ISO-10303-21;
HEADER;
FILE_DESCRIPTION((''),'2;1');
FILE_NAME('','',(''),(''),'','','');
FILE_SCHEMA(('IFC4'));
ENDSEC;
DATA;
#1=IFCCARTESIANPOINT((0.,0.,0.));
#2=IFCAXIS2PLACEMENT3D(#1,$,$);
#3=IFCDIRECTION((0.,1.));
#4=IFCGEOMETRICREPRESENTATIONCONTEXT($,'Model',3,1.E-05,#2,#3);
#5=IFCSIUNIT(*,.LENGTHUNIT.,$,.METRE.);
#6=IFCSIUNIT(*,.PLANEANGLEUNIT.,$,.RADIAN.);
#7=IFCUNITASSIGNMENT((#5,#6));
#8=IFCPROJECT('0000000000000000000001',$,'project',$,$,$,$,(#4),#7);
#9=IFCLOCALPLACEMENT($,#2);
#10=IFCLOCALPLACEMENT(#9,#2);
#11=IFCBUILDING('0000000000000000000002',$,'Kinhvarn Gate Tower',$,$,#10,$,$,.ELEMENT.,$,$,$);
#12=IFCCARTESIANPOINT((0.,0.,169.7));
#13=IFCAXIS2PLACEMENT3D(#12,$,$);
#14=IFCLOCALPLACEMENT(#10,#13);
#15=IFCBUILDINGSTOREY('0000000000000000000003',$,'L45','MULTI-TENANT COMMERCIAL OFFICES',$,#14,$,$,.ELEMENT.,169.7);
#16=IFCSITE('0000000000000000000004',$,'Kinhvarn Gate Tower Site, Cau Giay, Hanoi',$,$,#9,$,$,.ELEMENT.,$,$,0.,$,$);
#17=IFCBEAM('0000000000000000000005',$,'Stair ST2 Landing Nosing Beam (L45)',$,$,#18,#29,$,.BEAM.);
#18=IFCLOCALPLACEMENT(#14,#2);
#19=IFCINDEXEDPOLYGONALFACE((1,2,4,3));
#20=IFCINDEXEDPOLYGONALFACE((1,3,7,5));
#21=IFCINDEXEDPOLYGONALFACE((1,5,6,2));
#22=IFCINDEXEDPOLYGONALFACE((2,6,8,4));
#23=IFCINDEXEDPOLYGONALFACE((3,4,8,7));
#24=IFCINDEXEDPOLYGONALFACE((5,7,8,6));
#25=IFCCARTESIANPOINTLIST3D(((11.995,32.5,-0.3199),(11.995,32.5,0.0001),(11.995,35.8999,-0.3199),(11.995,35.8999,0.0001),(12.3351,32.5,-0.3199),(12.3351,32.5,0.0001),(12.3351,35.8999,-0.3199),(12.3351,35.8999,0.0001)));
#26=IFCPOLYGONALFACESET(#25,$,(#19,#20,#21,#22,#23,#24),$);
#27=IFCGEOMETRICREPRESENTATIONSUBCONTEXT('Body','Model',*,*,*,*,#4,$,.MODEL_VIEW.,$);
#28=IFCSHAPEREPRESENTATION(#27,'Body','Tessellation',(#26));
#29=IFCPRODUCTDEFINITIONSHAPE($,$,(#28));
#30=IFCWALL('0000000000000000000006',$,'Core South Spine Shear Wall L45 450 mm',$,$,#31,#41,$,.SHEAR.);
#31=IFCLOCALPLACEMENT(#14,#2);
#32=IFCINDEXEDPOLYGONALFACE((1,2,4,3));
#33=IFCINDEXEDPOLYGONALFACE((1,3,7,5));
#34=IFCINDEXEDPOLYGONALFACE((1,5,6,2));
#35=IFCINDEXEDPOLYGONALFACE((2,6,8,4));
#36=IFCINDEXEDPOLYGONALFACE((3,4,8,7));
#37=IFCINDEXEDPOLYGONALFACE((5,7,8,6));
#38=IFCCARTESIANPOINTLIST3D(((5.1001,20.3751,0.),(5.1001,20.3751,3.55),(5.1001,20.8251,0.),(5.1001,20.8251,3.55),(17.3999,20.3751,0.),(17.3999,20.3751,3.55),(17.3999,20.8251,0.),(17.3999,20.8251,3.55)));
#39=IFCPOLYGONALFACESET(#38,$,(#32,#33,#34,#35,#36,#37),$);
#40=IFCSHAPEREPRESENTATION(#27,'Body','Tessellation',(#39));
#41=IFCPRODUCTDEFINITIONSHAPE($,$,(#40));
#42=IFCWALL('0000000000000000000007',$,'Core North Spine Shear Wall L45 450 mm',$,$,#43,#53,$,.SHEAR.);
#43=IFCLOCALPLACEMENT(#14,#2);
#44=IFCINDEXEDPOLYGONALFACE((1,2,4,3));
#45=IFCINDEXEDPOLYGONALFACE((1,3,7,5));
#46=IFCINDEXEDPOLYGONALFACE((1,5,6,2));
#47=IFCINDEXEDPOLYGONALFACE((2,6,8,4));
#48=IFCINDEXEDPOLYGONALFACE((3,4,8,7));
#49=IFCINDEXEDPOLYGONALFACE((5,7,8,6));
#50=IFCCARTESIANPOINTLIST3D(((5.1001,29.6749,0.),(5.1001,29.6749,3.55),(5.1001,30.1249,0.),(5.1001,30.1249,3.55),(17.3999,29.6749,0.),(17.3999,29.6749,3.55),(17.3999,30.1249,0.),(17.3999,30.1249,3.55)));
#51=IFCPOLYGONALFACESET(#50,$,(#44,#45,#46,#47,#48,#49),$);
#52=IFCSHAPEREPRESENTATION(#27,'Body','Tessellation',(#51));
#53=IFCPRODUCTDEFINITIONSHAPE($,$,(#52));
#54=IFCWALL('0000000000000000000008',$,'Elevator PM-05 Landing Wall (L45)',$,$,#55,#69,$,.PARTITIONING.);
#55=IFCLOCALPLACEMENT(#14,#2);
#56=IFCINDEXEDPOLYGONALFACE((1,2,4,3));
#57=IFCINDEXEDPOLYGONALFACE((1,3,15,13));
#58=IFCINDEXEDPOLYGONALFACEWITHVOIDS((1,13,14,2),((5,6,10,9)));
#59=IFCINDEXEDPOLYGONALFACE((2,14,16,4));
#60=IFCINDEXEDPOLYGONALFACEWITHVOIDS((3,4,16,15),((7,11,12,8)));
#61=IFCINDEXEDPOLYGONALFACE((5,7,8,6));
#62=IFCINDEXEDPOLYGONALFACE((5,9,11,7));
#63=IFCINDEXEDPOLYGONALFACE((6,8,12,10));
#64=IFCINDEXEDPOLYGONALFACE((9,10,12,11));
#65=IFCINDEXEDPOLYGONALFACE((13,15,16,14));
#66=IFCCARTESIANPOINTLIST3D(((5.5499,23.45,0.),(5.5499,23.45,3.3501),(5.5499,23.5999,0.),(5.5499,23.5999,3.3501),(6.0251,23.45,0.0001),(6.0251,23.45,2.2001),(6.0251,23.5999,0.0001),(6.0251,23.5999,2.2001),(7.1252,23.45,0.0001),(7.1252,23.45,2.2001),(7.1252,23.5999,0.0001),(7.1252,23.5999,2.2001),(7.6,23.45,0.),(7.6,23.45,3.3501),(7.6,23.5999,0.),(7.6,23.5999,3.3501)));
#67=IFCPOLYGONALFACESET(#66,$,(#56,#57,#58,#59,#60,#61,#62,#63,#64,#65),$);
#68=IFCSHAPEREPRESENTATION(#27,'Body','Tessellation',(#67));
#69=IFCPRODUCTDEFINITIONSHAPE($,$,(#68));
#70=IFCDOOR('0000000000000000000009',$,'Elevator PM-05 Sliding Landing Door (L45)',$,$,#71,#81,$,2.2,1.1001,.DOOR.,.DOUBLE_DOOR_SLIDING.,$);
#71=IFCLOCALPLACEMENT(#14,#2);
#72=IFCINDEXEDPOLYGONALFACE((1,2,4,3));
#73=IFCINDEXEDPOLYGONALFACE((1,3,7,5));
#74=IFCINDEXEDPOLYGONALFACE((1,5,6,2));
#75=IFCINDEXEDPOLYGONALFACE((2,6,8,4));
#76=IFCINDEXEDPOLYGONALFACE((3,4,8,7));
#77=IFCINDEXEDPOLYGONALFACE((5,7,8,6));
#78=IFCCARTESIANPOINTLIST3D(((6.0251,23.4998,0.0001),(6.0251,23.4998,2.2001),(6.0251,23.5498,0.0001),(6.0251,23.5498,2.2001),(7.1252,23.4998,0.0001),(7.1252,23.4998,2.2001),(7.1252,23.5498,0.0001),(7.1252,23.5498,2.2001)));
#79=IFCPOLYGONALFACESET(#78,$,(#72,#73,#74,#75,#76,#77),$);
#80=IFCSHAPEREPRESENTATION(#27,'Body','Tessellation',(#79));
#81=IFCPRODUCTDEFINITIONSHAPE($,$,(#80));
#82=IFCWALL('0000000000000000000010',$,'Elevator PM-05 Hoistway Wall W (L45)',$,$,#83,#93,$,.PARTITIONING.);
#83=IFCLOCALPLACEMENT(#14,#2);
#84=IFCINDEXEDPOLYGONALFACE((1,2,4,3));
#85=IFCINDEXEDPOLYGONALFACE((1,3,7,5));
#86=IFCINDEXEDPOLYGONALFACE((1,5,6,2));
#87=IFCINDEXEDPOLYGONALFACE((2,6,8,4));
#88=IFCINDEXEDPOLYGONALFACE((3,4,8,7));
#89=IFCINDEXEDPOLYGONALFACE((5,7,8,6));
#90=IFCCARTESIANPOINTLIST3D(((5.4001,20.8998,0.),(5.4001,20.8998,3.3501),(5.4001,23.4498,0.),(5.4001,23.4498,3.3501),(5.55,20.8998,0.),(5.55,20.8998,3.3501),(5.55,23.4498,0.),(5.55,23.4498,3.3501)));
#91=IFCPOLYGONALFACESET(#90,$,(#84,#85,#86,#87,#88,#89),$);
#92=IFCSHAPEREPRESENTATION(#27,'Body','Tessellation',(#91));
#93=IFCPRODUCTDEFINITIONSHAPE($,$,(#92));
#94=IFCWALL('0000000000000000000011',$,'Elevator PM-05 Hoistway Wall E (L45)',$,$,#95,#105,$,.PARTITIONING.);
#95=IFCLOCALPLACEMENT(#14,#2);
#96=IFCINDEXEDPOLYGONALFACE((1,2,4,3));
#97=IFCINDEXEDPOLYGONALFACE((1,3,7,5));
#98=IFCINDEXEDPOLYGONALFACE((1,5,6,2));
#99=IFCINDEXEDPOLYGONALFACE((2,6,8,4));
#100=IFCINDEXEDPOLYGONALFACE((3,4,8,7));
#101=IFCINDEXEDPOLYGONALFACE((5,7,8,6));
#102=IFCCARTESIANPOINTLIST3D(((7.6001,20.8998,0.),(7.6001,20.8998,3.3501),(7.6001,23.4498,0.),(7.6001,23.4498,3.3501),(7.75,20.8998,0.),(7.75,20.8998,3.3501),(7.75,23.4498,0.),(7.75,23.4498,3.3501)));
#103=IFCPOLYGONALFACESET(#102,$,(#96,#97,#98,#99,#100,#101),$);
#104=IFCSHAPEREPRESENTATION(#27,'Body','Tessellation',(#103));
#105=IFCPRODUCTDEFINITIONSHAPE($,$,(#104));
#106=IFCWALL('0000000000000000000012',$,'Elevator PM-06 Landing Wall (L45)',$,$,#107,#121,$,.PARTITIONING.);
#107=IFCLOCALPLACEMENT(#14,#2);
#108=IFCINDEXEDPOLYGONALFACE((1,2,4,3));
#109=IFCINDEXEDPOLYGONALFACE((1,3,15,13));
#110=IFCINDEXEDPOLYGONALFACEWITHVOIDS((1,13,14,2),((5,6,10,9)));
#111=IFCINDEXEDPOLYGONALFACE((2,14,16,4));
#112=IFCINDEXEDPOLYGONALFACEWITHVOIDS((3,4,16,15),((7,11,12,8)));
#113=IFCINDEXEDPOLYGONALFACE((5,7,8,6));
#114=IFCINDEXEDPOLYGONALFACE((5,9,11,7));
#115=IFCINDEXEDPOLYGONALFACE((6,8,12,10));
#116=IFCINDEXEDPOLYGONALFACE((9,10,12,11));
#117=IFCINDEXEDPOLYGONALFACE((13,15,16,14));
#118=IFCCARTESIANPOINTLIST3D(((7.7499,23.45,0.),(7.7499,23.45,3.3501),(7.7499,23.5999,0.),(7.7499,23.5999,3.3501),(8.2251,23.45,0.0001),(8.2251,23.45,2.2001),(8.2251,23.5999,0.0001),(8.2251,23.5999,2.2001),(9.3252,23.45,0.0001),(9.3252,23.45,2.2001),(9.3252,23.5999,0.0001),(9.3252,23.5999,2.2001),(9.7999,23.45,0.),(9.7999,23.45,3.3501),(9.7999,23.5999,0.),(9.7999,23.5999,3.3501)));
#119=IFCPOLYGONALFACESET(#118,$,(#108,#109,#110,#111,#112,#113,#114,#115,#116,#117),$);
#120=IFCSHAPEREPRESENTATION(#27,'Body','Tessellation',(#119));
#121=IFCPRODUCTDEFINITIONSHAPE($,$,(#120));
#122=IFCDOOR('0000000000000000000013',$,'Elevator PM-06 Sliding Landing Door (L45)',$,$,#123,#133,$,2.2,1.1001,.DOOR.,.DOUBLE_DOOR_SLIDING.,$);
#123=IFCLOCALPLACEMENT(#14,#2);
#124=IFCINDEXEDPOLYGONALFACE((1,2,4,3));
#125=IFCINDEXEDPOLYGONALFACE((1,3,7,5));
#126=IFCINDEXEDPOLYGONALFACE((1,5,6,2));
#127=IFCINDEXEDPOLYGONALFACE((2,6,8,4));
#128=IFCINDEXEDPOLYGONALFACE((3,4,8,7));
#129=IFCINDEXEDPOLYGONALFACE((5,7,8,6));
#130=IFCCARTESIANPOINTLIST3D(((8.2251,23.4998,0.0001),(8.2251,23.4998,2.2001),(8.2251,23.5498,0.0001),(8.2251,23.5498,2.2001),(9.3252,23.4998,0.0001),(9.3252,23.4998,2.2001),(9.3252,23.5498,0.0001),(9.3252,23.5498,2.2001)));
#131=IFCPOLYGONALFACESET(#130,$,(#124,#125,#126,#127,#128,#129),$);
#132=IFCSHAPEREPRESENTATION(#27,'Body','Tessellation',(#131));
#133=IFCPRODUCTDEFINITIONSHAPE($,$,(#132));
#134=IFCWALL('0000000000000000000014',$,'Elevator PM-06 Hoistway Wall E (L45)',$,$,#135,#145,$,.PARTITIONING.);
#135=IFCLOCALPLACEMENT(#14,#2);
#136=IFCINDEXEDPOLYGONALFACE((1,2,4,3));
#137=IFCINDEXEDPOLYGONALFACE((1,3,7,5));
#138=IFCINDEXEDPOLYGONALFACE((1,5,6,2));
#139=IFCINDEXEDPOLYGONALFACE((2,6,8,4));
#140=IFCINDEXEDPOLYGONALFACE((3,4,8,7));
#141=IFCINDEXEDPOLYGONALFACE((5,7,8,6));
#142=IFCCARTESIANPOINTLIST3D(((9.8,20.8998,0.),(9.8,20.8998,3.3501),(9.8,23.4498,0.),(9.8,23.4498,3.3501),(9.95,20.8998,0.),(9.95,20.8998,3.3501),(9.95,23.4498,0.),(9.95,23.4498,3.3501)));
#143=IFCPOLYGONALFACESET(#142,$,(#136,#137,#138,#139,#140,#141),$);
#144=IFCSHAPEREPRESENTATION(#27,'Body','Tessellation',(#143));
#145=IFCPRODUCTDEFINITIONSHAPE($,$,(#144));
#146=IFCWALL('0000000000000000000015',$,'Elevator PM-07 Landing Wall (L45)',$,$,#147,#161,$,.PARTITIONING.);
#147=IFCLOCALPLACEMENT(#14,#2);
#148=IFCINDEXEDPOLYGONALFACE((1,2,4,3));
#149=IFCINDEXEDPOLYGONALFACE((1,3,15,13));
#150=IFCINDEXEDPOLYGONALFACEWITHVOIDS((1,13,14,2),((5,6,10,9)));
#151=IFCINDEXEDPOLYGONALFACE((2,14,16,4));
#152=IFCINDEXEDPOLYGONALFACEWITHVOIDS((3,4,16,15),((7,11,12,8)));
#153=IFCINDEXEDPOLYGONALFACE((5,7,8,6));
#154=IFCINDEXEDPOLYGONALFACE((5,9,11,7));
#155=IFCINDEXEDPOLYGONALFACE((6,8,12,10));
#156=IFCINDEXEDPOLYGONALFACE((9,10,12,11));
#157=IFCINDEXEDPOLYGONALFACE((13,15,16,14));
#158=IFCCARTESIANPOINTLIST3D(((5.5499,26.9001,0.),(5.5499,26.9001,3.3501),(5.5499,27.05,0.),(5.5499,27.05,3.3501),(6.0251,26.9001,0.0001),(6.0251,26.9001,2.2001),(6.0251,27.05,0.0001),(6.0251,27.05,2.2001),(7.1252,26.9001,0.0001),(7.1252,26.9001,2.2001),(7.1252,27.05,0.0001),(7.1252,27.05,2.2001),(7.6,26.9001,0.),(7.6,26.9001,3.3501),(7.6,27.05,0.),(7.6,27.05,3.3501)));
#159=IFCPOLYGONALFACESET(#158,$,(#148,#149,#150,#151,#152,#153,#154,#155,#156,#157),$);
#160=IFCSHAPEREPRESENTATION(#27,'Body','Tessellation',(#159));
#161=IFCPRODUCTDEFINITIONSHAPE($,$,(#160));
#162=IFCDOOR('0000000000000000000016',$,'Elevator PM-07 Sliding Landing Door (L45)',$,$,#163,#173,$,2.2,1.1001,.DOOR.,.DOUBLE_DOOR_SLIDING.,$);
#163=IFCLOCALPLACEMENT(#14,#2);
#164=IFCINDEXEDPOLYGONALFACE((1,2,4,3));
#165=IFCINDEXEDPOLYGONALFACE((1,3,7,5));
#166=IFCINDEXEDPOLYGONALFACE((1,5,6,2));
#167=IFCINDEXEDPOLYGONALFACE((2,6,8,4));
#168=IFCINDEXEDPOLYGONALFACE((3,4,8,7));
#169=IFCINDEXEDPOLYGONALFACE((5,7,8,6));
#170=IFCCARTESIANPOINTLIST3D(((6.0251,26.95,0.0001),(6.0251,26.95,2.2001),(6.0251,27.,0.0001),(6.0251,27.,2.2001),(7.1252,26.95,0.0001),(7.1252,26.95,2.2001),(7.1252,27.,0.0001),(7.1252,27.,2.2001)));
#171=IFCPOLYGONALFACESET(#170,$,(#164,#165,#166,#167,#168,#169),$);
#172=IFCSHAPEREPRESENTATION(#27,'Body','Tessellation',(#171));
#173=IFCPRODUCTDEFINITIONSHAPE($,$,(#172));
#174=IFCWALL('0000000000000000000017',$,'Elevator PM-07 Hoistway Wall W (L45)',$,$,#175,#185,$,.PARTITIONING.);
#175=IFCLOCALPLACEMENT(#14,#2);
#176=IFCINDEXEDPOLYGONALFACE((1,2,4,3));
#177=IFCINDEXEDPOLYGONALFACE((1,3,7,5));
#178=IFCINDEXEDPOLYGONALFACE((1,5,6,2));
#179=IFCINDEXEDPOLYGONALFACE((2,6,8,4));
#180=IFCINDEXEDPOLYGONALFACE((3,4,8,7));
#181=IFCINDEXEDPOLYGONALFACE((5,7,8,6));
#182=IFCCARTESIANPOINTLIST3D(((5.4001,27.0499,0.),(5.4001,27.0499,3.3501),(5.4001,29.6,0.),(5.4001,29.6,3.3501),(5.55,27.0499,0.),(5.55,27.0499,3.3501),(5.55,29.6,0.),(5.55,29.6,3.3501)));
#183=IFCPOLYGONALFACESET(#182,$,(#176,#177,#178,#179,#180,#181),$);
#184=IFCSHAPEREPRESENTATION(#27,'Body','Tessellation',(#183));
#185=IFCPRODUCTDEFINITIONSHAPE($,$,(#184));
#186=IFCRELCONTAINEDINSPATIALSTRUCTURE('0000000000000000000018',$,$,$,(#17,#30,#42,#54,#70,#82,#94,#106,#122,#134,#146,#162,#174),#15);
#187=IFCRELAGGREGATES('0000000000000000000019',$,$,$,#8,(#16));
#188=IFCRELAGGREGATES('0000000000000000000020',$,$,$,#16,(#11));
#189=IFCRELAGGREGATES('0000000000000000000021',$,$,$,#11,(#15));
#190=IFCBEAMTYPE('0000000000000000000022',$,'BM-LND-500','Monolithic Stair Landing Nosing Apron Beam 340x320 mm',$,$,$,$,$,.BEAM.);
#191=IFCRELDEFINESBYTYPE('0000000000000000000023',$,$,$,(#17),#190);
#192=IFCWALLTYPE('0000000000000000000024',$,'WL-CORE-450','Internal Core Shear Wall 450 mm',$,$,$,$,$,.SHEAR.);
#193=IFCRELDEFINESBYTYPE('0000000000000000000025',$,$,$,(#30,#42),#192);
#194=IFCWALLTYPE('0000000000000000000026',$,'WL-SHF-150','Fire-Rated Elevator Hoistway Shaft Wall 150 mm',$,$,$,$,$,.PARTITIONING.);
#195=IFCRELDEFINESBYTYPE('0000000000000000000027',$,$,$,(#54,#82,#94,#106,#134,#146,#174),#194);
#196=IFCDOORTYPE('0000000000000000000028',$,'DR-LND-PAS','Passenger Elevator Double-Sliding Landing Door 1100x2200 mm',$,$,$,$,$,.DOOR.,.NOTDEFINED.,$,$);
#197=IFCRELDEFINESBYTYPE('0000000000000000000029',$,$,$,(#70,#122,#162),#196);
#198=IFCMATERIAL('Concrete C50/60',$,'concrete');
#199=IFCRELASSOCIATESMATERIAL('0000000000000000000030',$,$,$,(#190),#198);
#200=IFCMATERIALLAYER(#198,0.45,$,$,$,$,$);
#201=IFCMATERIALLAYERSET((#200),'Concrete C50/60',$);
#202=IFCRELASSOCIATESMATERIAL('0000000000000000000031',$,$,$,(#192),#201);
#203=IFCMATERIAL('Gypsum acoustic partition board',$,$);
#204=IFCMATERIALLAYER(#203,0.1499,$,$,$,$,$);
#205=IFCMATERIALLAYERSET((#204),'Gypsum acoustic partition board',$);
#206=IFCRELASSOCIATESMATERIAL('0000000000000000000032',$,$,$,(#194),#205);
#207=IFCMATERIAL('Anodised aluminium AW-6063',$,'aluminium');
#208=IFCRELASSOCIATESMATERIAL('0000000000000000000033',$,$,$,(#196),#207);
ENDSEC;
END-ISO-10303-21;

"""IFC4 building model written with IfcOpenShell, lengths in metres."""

from ifc_helpers import new_model, si_unit, direction, frame, frame_2d, origin, origin_2d, place, context, subcontext, project, spatial, rectangle, extrude, material, layer, layer_set, material_profile, profile_set, type_object, element, fill, save


model = new_model("IFC4")

# Units and contexts
model_context = context("Model", 3, precision=1e-05, world=origin(), true_north=direction((0.0, 1.0)))
body_context = subcontext(model_context, "Body", "Model", "MODEL_VIEW")
ifc_project = project(units=[si_unit("LENGTHUNIT", "METRE"), si_unit("PLANEANGLEUNIT", "RADIAN")], contexts=[model_context])

# Site, building, storey
site_placement = place(None, origin())
site = spatial("IfcSite", under=ifc_project, at=site_placement, Name="Kinhvarn Gate Tower Site, Cau Giay, Hanoi", CompositionType="ELEMENT", RefElevation=0.0)
building_placement = place(site_placement, origin())
building = spatial("IfcBuilding", under=site, at=building_placement, Name="Kinhvarn Gate Tower", CompositionType="ELEMENT")
storey_placement = place(building_placement, frame((0.0, 0.0, 169.7)))
storey = spatial("IfcBuildingStorey", under=building, at=storey_placement, Name="L45", Description="MULTI-TENANT COMMERCIAL OFFICES", CompositionType="ELEMENT", Elevation=169.7)

# Beam
ifc_material_1 = material(Name="Concrete C50/60", Category="concrete")
ifc_material_profile = material_profile(ifc_material_1, rectangle(XDim=0.3401, YDim=0.3201, at=origin_2d()), Name="RC 340x320")
ifc_profile_set = profile_set([ifc_material_profile], Name="Concrete C50/60")
beam_type = type_object("IfcBeamType", Name="BM-LND-500", Description="Monolithic Stair Landing Nosing Apron Beam 340x320 mm", PredefinedType="BEAM", material=ifc_profile_set)
beam_placement = place(storey_placement, frame((12.165, 32.5, -0.1599), z_axis=(0.0, 1.0, 0.0), x_axis=(-1.0, 0.0, 0.0)))
element("IfcBeam", 1, at=beam_placement, inside=storey, type_object=beam_type, Name="Stair ST2 Landing Nosing Beam (L45)", PredefinedType="BEAM", context=body_context, shape_type="SweptSolid", body=[
    extrude(rectangle(XDim=0.3401, YDim=0.3201, at=origin_2d()), origin(), (0.0, 0.0, 1.0), 3.3999),
])

# Walls
ifc_layer_1 = layer(ifc_material_1, 0.45)
ifc_layer_set_1 = layer_set([ifc_layer_1], Name="Concrete C50/60")
wall_type_1 = type_object("IfcWallType", Name="WL-CORE-450", Description="Internal Core Shear Wall 450 mm", PredefinedType="SHEAR", material=ifc_layer_set_1)
for number, where, z_axis, x_axis, name in (
    (2, (5.1001, 20.6001, 0.0), (0.0, 0.0, 1.0), (1.0, 0.0, 0.0), "Core South Spine Shear Wall L45 450 mm"),
    (3, (5.1001, 29.8999, 0.0), (0.0, 0.0, 1.0), (1.0, 0.0, 0.0), "Core North Spine Shear Wall L45 450 mm"),
):
    element("IfcWall", number, at=place(storey_placement, frame(where, z_axis=z_axis, x_axis=x_axis)), inside=storey, type_object=wall_type_1, Name=name, PredefinedType="SHEAR", context=body_context, shape_type="SweptSolid", body=[
        extrude(rectangle(XDim=12.2998, YDim=0.45, at=frame_2d((6.1499, 0.0))), origin(), (0.0, 0.0, 1.0), 3.55),
    ])

# Wall, opening, door
ifc_material_2 = material(Name="Gypsum acoustic partition board")
ifc_layer_2 = layer(ifc_material_2, 0.1499)
ifc_layer_set_2 = layer_set([ifc_layer_2], Name="Gypsum acoustic partition board")
wall_type_2 = type_object("IfcWallType", Name="WL-SHF-150", Description="Fire-Rated Elevator Hoistway Shaft Wall 150 mm", PredefinedType="PARTITIONING", material=ifc_layer_set_2)
wall_1_placement = place(storey_placement, frame((5.55, 23.5249, 0.0), z_axis=(0.0, 0.0, 1.0), x_axis=(1.0, 0.0, 0.0)))
wall_1 = element("IfcWall", 4, at=wall_1_placement, inside=storey, type_object=wall_type_2, Name="Elevator PM-05 Landing Wall (L45)", PredefinedType="PARTITIONING", context=body_context, shape_type="SweptSolid", body=[
    extrude(rectangle(XDim=2.05, YDim=0.1499, at=frame_2d((1.0249, 0.0))), origin(), (0.0, 0.0, 1.0), 3.3501),
])
opening_1_placement = place(wall_1_placement, frame((0.4751, 0.0, 0.0)))
opening_1 = element("IfcOpeningElement", 5, at=opening_1_placement, cuts=wall_1, PredefinedType="OPENING", context=body_context, shape_type="SweptSolid", body=[
    extrude(rectangle(XDim=1.1001, YDim=2.2, at=frame_2d((0.55, 1.1001))), frame((0.0, 0.085, 0.0), z_axis=(0.0, -1.0, 0.0), x_axis=(1.0, 0.0, 0.0)), (0.0, 0.0, 1.0), 0.1699),
])
ifc_material_3 = material(Name="Anodised aluminium AW-6063", Category="aluminium")
door_type_1 = type_object("IfcDoorType", Name="DR-LND-PAS", Description="Passenger Elevator Double-Sliding Landing Door 1100x2200 mm", OperationType="NOTDEFINED", PredefinedType="DOOR", material=ifc_material_3)
door_1_placement = place(opening_1_placement, origin())
door_1 = element("IfcDoor", 6, at=door_1_placement, inside=storey, type_object=door_type_1, Name="Elevator PM-05 Sliding Landing Door (L45)", OperationType="DOUBLE_DOOR_SLIDING", OverallHeight=2.2, OverallWidth=1.1001, PredefinedType="DOOR", context=body_context, shape_type="SweptSolid", body=[
    extrude(rectangle(XDim=1.1001, YDim=2.2, at=frame_2d((0.55, 1.1001))), frame((0.0, 0.0249, 0.0), z_axis=(0.0, -1.0, 0.0), x_axis=(1.0, 0.0, 0.0)), (0.0, 0.0, 1.0), 0.05),
])
fill(opening_1, door_1)

# Walls
for number, where, z_axis, x_axis, name in (
    (7, (5.4751, 20.8999, 0.0), (0.0, 0.0, 1.0), (0.0, 1.0, 0.0), "Elevator PM-05 Hoistway Wall W (L45)"),
    (8, (7.675, 20.8999, 0.0), (0.0, 0.0, 1.0), (0.0, 1.0, 0.0), "Elevator PM-05 Hoistway Wall E (L45)"),
):
    element("IfcWall", number, at=place(storey_placement, frame(where, z_axis=z_axis, x_axis=x_axis)), inside=storey, type_object=wall_type_2, Name=name, PredefinedType="PARTITIONING", context=body_context, shape_type="SweptSolid", body=[
        extrude(rectangle(XDim=2.55, YDim=0.1499, at=frame_2d((1.2749, 0.0))), origin(), (0.0, 0.0, 1.0), 3.3501),
    ])

# Wall, opening, door
wall_2_placement = place(storey_placement, frame((7.75, 23.5249, 0.0), z_axis=(0.0, 0.0, 1.0), x_axis=(1.0, 0.0, 0.0)))
wall_2 = element("IfcWall", 9, at=wall_2_placement, inside=storey, type_object=wall_type_2, Name="Elevator PM-06 Landing Wall (L45)", PredefinedType="PARTITIONING", context=body_context, shape_type="SweptSolid", body=[
    extrude(rectangle(XDim=2.05, YDim=0.1499, at=frame_2d((1.0249, 0.0))), origin(), (0.0, 0.0, 1.0), 3.3501),
])
opening_2_placement = place(wall_2_placement, frame((0.4751, 0.0, 0.0)))
opening_2 = element("IfcOpeningElement", 10, at=opening_2_placement, cuts=wall_2, PredefinedType="OPENING", context=body_context, shape_type="SweptSolid", body=[
    extrude(rectangle(XDim=1.1001, YDim=2.2, at=frame_2d((0.55, 1.1001))), frame((0.0, 0.085, 0.0), z_axis=(0.0, -1.0, 0.0), x_axis=(1.0, 0.0, 0.0)), (0.0, 0.0, 1.0), 0.1699),
])
door_2_placement = place(opening_2_placement, origin())
door_2 = element("IfcDoor", 11, at=door_2_placement, inside=storey, type_object=door_type_1, Name="Elevator PM-06 Sliding Landing Door (L45)", OperationType="DOUBLE_DOOR_SLIDING", OverallHeight=2.2, OverallWidth=1.1001, PredefinedType="DOOR", context=body_context, shape_type="SweptSolid", body=[
    extrude(rectangle(XDim=1.1001, YDim=2.2, at=frame_2d((0.55, 1.1001))), frame((0.0, 0.0249, 0.0), z_axis=(0.0, -1.0, 0.0), x_axis=(1.0, 0.0, 0.0)), (0.0, 0.0, 1.0), 0.05),
])
fill(opening_2, door_2)

# Wall
wall_3_placement = place(storey_placement, frame((9.875, 20.8999, 0.0), z_axis=(0.0, 0.0, 1.0), x_axis=(0.0, 1.0, 0.0)))
element("IfcWall", 12, at=wall_3_placement, inside=storey, type_object=wall_type_2, Name="Elevator PM-06 Hoistway Wall E (L45)", PredefinedType="PARTITIONING", context=body_context, shape_type="SweptSolid", body=[
    extrude(rectangle(XDim=2.55, YDim=0.1499, at=frame_2d((1.2749, 0.0))), origin(), (0.0, 0.0, 1.0), 3.3501),
])

# Wall, opening, door
wall_4_placement = place(storey_placement, frame((5.55, 26.9751, 0.0), z_axis=(0.0, 0.0, 1.0), x_axis=(1.0, 0.0, 0.0)))
wall_4 = element("IfcWall", 13, at=wall_4_placement, inside=storey, type_object=wall_type_2, Name="Elevator PM-07 Landing Wall (L45)", PredefinedType="PARTITIONING", context=body_context, shape_type="SweptSolid", body=[
    extrude(rectangle(XDim=2.05, YDim=0.1499, at=frame_2d((1.0249, 0.0))), origin(), (0.0, 0.0, 1.0), 3.3501),
])
opening_3_placement = place(wall_4_placement, frame((0.4751, 0.0, 0.0)))
opening_3 = element("IfcOpeningElement", 14, at=opening_3_placement, cuts=wall_4, PredefinedType="OPENING", context=body_context, shape_type="SweptSolid", body=[
    extrude(rectangle(XDim=1.1001, YDim=2.2, at=frame_2d((0.55, 1.1001))), frame((0.0, 0.085, 0.0), z_axis=(0.0, -1.0, 0.0), x_axis=(1.0, 0.0, 0.0)), (0.0, 0.0, 1.0), 0.1699),
])
door_3_placement = place(opening_3_placement, origin())
door_3 = element("IfcDoor", 15, at=door_3_placement, inside=storey, type_object=door_type_1, Name="Elevator PM-07 Sliding Landing Door (L45)", OperationType="DOUBLE_DOOR_SLIDING", OverallHeight=2.2, OverallWidth=1.1001, PredefinedType="DOOR", context=body_context, shape_type="SweptSolid", body=[
    extrude(rectangle(XDim=1.1001, YDim=2.2, at=frame_2d((0.55, 1.1001))), frame((0.0, 0.0249, 0.0), z_axis=(0.0, -1.0, 0.0), x_axis=(1.0, 0.0, 0.0)), (0.0, 0.0, 1.0), 0.05),
])
fill(opening_3, door_3)

# Wall
for number, where, z_axis, x_axis, name in (
    (16, (5.4751, 27.05, 0.0), (0.0, 0.0, 1.0), (0.0, 1.0, 0.0), "Elevator PM-07 Hoistway Wall W (L45)"),
):
    element("IfcWall", number, at=place(storey_placement, frame(where, z_axis=z_axis, x_axis=x_axis)), inside=storey, type_object=wall_type_2, Name=name, PredefinedType="PARTITIONING", context=body_context, shape_type="SweptSolid", body=[
        extrude(rectangle(XDim=2.55, YDim=0.1499, at=frame_2d((1.2749, 0.0))), origin(), (0.0, 0.0, 1.0), 3.3501),
    ])

save(model, "model.ifc")
